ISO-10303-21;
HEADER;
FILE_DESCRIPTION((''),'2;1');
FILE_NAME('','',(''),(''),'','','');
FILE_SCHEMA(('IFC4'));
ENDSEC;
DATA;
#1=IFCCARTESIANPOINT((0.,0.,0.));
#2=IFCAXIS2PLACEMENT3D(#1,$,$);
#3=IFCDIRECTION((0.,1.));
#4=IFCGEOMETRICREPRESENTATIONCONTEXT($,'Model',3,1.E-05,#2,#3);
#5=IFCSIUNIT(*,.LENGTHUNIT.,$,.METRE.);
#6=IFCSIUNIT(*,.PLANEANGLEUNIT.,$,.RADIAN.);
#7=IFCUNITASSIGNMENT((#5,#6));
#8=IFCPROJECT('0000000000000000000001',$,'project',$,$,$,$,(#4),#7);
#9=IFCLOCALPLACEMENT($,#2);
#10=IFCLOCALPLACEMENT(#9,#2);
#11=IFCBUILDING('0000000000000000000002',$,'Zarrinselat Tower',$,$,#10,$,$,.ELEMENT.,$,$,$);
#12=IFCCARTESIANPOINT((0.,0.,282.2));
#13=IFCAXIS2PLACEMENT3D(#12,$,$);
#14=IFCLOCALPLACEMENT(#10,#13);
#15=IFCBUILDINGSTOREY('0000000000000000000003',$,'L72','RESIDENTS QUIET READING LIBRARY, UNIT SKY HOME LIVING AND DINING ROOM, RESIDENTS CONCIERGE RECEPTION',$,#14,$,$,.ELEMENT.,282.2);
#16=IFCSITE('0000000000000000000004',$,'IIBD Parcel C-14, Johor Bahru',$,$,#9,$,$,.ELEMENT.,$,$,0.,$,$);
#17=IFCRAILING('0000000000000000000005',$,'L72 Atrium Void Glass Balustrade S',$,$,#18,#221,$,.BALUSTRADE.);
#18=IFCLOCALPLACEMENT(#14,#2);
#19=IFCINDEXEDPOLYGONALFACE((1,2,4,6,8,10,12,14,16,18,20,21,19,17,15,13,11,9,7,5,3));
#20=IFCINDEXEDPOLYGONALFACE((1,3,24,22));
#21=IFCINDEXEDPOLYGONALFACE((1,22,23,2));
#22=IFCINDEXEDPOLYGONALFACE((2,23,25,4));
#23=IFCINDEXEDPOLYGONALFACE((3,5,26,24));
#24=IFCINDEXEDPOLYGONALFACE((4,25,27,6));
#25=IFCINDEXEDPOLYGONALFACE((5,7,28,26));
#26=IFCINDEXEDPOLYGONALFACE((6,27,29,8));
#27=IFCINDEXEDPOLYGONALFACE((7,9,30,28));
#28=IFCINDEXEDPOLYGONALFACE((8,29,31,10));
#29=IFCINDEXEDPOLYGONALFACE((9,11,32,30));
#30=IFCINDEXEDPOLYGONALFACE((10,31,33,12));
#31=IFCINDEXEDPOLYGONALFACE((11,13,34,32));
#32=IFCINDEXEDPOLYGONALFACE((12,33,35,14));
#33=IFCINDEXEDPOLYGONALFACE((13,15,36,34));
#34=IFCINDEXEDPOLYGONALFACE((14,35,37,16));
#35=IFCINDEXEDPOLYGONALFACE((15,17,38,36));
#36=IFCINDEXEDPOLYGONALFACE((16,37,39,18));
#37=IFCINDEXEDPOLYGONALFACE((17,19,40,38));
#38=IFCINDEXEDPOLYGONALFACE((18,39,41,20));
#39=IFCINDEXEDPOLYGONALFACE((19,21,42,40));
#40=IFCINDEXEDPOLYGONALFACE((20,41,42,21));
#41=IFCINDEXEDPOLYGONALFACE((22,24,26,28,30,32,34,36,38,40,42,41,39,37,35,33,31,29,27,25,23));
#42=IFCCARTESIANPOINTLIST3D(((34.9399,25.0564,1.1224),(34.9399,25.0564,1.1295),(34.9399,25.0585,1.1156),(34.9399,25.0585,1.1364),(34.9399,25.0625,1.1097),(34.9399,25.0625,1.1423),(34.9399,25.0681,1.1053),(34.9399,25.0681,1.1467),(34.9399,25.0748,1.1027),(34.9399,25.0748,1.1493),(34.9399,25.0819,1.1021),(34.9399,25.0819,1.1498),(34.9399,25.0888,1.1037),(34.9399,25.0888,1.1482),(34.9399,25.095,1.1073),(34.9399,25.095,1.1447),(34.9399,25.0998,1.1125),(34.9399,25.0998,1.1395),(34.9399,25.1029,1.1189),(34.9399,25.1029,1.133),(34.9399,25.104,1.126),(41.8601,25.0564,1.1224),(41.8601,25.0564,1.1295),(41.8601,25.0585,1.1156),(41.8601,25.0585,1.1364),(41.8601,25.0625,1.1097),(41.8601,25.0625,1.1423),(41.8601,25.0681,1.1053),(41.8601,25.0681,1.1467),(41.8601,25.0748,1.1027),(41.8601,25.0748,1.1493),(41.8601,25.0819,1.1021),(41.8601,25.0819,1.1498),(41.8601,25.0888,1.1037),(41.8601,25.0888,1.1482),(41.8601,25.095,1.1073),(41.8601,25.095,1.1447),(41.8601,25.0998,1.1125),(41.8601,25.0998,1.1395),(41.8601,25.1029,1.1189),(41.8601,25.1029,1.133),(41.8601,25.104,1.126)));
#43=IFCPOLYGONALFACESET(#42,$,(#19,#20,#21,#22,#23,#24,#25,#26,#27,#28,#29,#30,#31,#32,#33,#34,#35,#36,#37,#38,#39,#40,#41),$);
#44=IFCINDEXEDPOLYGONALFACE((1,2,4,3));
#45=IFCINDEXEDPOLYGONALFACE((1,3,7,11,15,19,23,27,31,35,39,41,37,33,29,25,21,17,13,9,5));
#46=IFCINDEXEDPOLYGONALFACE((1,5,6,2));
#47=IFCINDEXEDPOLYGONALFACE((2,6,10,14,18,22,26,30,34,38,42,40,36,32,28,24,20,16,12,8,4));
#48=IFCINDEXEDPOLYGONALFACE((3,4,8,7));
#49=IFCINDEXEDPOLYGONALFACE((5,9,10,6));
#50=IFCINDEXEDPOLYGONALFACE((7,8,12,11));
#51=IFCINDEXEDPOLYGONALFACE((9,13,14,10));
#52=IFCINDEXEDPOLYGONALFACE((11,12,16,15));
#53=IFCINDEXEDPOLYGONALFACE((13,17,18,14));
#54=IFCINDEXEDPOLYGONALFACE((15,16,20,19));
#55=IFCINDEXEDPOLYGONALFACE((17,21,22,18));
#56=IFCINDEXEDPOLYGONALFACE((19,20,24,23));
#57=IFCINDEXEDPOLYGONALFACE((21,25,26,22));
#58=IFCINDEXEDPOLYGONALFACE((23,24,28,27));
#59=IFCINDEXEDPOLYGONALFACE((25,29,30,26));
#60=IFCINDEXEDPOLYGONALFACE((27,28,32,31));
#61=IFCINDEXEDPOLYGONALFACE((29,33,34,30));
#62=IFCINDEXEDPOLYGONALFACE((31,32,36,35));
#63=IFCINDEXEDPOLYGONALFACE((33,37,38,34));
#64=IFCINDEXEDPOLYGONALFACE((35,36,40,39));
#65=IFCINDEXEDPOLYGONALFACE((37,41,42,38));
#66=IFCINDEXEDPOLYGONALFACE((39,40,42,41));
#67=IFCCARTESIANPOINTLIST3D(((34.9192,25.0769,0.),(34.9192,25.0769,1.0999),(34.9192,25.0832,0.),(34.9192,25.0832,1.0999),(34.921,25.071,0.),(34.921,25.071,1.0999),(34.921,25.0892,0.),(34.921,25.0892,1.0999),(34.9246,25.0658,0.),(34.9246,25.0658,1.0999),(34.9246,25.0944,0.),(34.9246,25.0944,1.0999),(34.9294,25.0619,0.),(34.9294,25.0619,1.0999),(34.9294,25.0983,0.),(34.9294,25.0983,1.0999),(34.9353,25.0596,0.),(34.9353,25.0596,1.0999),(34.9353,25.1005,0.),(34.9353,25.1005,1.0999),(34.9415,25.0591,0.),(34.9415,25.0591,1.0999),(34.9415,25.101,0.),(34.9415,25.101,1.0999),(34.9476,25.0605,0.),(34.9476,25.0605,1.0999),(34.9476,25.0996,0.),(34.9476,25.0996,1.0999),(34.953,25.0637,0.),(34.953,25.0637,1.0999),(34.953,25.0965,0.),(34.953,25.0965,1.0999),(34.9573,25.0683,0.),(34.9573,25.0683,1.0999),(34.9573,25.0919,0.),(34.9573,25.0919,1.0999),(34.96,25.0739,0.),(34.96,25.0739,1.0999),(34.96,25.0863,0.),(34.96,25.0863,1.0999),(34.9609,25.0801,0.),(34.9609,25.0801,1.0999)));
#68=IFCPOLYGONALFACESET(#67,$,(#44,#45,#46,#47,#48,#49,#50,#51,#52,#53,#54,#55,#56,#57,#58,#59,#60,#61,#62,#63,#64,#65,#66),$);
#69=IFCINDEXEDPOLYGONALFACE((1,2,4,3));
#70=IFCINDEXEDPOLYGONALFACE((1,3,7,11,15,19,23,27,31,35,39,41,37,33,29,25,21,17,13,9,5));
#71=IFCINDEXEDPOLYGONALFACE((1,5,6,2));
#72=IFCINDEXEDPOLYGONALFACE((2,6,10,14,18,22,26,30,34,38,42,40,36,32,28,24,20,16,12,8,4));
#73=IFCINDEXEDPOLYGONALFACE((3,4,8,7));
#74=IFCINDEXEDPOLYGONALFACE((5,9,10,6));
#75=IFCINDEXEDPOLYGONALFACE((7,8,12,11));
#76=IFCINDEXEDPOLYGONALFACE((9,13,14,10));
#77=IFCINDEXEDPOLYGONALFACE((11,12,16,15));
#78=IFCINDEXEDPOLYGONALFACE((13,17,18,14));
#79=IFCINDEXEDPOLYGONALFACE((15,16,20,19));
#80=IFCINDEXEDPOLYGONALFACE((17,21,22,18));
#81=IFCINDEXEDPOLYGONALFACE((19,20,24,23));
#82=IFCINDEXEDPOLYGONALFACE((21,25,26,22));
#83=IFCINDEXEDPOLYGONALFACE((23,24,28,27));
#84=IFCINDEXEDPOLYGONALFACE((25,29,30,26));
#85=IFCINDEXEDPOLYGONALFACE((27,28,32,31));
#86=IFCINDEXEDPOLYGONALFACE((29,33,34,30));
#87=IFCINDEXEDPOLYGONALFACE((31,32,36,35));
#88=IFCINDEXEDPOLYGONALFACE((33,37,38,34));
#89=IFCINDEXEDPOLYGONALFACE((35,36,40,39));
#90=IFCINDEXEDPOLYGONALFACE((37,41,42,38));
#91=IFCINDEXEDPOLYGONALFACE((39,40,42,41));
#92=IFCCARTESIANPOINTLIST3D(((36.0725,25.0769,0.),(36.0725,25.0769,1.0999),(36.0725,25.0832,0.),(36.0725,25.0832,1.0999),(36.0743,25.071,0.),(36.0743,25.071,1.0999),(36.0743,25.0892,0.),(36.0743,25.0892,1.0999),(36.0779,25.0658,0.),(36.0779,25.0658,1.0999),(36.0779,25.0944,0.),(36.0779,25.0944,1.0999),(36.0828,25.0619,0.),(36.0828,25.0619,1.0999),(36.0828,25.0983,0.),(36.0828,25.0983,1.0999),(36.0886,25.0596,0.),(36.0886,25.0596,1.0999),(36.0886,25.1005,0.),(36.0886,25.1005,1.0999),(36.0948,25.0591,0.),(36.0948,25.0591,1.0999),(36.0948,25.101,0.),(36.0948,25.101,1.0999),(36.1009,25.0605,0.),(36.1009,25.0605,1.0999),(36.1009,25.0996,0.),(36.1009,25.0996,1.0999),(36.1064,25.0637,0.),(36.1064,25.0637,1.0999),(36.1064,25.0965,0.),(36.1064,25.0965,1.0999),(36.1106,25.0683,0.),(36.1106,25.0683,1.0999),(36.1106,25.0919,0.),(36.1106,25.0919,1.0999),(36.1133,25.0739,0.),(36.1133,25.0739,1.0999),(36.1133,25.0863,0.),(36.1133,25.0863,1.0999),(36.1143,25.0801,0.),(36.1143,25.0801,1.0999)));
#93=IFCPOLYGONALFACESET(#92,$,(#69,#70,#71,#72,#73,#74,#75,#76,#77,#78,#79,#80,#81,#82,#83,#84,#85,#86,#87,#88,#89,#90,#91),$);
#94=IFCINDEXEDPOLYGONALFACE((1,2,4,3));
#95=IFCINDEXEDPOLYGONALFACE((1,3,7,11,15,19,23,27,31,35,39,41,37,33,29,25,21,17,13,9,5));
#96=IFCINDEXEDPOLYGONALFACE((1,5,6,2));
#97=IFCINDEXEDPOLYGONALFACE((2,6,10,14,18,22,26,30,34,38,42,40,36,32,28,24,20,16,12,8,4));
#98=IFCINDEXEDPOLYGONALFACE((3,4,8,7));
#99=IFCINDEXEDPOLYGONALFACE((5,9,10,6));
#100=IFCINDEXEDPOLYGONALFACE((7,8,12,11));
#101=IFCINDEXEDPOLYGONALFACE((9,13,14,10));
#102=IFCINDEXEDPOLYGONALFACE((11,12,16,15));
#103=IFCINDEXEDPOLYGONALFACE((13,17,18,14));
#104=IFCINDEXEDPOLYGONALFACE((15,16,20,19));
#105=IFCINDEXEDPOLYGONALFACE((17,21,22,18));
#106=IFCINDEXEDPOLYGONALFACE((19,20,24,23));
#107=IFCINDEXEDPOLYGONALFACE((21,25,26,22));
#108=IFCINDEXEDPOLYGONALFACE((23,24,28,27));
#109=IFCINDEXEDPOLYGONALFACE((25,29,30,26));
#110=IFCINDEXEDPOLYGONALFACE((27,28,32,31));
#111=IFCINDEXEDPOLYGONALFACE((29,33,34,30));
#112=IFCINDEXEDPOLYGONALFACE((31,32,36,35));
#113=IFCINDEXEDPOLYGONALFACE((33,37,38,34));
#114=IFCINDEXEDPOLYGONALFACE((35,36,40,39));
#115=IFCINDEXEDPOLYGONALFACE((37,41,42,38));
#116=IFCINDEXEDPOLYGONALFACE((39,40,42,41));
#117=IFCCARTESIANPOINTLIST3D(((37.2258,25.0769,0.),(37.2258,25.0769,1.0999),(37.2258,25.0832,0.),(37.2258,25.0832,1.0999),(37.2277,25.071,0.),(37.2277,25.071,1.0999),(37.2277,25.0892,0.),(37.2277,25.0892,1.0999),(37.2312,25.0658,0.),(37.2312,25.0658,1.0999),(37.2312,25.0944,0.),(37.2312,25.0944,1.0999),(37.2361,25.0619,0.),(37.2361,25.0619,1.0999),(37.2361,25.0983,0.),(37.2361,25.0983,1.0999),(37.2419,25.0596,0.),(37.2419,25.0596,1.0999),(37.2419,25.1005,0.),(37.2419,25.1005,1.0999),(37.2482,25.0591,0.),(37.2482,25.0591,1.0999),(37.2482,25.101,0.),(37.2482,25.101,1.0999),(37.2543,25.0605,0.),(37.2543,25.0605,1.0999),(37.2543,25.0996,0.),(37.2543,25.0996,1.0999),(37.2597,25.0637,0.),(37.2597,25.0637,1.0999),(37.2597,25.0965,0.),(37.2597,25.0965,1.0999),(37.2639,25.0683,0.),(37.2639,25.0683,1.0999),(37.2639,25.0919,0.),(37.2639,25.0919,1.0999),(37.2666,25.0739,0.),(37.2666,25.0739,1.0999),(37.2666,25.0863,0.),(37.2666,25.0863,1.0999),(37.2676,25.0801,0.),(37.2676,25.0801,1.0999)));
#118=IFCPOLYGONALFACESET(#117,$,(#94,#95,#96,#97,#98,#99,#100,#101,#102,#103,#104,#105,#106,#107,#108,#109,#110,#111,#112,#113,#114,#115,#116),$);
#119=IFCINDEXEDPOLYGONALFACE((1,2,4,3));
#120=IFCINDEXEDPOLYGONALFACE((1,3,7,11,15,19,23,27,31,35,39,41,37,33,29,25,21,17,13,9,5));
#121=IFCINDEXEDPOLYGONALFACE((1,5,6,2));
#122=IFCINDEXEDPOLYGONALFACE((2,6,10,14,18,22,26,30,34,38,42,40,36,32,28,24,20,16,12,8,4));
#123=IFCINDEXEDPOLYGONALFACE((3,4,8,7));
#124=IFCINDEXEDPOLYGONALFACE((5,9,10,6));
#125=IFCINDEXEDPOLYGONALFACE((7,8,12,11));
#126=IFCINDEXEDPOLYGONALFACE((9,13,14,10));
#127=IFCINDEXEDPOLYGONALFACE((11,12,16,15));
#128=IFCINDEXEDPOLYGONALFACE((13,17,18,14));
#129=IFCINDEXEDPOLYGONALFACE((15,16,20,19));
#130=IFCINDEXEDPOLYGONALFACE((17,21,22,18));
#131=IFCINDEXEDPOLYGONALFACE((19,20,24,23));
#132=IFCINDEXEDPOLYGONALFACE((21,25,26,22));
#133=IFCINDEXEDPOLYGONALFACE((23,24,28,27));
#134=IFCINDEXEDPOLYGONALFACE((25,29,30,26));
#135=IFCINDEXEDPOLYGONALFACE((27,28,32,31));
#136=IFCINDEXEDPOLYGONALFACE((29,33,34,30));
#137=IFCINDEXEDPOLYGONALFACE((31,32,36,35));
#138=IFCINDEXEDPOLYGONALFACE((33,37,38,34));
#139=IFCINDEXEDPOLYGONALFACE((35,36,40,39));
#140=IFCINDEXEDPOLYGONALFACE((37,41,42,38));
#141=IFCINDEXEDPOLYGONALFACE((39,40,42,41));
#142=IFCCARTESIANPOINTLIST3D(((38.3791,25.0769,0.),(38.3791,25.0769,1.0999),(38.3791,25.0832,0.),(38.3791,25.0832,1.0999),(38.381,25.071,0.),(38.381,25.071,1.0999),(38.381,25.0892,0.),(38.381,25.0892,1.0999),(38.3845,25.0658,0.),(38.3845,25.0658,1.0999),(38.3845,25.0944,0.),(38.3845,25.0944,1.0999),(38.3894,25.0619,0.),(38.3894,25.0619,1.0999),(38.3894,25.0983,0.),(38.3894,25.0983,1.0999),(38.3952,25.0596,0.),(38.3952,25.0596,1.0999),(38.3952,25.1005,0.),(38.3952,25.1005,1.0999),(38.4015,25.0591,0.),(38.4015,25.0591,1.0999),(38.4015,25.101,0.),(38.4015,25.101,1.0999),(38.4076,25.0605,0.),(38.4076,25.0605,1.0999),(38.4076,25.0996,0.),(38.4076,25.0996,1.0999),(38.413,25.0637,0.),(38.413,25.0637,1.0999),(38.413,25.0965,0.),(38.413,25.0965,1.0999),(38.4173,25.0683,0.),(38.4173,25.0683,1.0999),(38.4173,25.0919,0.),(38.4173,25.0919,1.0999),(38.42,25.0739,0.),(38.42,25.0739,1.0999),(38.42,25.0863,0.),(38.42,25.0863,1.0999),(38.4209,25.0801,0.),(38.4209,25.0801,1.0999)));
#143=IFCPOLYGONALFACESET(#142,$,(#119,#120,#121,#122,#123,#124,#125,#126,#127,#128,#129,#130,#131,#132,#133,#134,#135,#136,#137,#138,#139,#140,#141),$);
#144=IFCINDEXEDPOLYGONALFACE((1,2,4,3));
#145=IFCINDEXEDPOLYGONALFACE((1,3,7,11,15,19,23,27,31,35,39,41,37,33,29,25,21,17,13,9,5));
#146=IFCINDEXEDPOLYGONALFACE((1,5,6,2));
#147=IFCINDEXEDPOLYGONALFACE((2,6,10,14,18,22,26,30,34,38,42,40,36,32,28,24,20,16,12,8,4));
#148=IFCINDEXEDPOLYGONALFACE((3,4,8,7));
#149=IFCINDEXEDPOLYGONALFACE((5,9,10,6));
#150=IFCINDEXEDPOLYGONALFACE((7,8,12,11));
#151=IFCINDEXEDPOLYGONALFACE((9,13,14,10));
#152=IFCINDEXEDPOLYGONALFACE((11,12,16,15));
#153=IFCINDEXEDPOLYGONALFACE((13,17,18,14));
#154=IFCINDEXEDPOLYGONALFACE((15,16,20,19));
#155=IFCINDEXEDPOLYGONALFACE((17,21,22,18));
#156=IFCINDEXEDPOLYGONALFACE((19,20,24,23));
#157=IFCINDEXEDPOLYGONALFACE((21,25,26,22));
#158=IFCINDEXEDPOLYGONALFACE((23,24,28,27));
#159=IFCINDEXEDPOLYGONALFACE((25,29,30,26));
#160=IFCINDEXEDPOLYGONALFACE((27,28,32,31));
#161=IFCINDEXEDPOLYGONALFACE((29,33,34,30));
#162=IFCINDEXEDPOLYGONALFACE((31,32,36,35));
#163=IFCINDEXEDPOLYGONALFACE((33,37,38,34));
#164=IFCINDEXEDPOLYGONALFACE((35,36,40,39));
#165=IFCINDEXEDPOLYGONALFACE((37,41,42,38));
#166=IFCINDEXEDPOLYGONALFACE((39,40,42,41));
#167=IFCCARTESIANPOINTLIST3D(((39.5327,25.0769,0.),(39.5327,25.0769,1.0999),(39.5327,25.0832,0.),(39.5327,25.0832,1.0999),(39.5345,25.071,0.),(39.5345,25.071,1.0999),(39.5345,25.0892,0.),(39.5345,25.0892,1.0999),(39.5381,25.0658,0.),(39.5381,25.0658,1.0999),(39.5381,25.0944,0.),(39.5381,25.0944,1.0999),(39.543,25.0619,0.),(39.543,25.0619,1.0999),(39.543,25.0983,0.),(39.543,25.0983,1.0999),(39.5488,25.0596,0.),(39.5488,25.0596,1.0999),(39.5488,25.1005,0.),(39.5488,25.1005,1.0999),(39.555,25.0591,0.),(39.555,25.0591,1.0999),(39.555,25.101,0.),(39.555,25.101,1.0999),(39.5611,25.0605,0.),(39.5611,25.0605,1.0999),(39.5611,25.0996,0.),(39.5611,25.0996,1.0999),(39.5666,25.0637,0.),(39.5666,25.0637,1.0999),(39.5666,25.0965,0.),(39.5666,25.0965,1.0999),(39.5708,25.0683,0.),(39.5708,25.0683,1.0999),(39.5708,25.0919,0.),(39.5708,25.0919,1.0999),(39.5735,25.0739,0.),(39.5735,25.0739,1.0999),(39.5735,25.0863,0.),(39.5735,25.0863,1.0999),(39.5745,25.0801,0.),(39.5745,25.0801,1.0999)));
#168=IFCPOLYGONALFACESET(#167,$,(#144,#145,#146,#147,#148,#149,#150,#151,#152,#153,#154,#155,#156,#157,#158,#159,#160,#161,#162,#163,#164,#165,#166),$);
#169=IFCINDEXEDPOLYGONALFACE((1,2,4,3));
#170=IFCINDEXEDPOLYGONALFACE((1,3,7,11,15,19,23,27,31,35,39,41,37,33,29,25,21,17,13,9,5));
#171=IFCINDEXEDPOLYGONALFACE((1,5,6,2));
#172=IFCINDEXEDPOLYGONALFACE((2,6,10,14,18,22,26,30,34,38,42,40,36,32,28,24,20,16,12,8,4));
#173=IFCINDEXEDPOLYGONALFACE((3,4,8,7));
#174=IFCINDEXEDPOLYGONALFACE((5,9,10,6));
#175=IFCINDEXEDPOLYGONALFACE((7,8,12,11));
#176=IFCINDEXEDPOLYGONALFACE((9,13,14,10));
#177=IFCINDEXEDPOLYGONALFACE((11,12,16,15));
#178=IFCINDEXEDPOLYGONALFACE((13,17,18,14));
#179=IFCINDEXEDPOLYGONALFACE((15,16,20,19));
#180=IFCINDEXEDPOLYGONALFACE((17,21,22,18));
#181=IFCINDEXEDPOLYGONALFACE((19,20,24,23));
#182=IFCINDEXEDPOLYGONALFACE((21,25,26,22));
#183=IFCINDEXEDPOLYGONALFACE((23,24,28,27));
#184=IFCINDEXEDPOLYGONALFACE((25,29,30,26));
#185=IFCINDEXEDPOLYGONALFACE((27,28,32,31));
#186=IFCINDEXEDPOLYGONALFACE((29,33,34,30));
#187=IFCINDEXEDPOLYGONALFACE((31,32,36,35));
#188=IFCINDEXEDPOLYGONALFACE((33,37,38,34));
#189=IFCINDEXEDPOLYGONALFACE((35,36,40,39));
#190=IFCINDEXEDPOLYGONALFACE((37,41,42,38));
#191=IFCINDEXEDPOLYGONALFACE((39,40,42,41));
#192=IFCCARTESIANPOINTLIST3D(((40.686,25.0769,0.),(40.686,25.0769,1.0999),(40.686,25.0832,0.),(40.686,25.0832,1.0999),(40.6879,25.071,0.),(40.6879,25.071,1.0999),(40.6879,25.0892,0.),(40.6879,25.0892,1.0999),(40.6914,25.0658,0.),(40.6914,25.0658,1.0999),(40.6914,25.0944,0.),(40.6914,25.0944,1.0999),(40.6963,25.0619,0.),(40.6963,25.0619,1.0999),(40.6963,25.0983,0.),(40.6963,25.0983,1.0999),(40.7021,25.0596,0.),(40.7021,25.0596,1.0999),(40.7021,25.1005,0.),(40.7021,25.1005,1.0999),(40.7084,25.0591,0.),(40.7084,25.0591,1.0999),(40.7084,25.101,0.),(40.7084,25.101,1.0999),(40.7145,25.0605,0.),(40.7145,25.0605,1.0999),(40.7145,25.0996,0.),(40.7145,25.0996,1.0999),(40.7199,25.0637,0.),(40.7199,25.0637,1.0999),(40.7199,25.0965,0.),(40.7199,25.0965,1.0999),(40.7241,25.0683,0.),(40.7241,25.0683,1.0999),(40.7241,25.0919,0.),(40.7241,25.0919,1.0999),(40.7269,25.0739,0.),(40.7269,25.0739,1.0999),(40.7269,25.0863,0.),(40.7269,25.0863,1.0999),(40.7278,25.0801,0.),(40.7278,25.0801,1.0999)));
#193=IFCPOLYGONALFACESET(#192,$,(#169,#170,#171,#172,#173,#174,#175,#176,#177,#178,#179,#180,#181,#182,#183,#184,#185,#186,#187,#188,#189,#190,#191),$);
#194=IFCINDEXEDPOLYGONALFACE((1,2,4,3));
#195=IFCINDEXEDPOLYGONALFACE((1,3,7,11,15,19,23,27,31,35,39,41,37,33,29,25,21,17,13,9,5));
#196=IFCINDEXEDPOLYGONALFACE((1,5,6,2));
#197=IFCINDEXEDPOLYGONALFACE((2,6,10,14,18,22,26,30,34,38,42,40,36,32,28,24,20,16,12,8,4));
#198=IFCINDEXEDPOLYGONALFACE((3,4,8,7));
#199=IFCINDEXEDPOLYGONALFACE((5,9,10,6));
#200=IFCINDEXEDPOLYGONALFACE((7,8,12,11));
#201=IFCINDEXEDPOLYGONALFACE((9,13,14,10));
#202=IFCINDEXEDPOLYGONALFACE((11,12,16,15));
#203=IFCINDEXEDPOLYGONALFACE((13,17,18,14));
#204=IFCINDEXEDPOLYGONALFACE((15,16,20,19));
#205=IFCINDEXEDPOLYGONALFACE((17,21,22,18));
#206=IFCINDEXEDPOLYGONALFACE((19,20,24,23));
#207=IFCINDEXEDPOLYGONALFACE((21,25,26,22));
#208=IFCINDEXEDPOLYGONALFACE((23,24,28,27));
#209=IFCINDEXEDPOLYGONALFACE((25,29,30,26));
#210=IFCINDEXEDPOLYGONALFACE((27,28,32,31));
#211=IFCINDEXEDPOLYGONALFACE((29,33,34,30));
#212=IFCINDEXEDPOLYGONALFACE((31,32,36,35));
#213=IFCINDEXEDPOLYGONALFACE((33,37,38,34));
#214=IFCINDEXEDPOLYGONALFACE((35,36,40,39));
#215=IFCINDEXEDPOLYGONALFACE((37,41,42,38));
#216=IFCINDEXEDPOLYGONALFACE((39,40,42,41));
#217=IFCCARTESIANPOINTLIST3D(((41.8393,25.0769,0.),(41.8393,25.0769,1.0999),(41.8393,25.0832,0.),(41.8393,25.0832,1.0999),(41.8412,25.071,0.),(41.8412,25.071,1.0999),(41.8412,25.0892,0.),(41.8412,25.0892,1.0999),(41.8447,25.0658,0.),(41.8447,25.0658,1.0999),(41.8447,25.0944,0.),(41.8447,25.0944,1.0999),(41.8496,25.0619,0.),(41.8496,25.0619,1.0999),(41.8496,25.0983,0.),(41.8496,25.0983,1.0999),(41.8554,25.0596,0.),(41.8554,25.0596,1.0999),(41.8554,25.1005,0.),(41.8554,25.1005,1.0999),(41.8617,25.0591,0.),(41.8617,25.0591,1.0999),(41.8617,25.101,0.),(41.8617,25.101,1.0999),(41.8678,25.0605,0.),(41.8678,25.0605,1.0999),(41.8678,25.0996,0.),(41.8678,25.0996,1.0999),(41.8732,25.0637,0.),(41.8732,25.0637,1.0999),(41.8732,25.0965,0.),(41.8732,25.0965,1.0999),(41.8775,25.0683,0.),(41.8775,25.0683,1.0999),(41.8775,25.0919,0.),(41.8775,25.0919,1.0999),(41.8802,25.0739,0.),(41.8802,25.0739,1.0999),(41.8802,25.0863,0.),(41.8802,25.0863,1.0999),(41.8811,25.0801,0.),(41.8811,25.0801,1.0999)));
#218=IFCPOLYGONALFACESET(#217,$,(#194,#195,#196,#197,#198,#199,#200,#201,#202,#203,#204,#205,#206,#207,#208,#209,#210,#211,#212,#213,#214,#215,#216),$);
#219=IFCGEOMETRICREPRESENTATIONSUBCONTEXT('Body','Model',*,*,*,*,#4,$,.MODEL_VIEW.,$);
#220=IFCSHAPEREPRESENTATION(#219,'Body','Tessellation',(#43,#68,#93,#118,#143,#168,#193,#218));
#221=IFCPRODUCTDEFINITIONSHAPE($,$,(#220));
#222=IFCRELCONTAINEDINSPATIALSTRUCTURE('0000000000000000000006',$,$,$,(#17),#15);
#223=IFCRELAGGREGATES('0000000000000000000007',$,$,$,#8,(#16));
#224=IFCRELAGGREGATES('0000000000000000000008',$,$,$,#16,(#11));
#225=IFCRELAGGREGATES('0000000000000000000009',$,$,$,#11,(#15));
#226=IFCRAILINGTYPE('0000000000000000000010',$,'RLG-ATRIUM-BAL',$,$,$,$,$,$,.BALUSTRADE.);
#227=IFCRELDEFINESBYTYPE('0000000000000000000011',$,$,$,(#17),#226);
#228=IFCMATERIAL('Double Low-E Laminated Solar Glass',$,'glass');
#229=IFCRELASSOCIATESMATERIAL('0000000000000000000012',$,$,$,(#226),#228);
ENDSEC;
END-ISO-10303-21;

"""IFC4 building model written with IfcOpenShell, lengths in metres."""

from ifc_helpers import new_model, si_unit, direction, frame, origin, origin_2d, place, context, subcontext, project, spatial, circle, extrude, material, type_object, element, save


model = new_model("IFC4")

# Units and contexts
model_context = context("Model", 3, precision=1e-05, world=origin(), true_north=direction((0.0, 1.0)))
body_context = subcontext(model_context, "Body", "Model", "MODEL_VIEW")
ifc_project = project(units=[si_unit("LENGTHUNIT", "METRE"), si_unit("PLANEANGLEUNIT", "RADIAN")], contexts=[model_context])

# Site, building, storey
site_placement = place(None, origin())
site = spatial("IfcSite", under=ifc_project, at=site_placement, Name="IIBD Parcel C-14, Johor Bahru", CompositionType="ELEMENT", RefElevation=0.0)
building_placement = place(site_placement, origin())
building = spatial("IfcBuilding", under=site, at=building_placement, Name="Zarrinselat Tower", CompositionType="ELEMENT")
storey_placement = place(building_placement, frame((0.0, 0.0, 282.2)))
storey = spatial("IfcBuildingStorey", under=building, at=storey_placement, Name="L72", Description="RESIDENTS QUIET READING LIBRARY, UNIT SKY HOME LIVING AND DINING ROOM, RESIDENTS CONCIERGE RECEPTION", CompositionType="ELEMENT", Elevation=282.2)

# Railing
ifc_material_1 = material(Name="Double Low-E Laminated Solar Glass", Category="glass")
railing_type_1 = type_object("IfcRailingType", Name="RLG-ATRIUM-BAL", PredefinedType="BALUSTRADE", material=ifc_material_1)
railing_1_placement = place(storey_placement, frame((34.9399, 25.0801, 0.0)))
element("IfcRailing", 1, at=railing_1_placement, inside=storey, type_object=railing_type_1, Name="L72 Atrium Void Glass Balustrade S", PredefinedType="BALUSTRADE", context=body_context, shape_type="SweptSolid", body=[
    extrude(circle(Radius=0.0239, at=origin_2d()), frame((0.0, 0.0, 1.126), z_axis=(1.0, 0.0, 0.0), x_axis=(0.0, 1.0, 0.0)), (0.0, 0.0, 1.0), 6.9202),
    extrude(circle(Radius=0.021, at=origin_2d()), origin(), (0.0, 0.0, 1.0), 1.0999),
    extrude(circle(Radius=0.021, at=origin_2d()), frame((1.1533, 0.0, 0.0)), (0.0, 0.0, 1.0), 1.0999),
    extrude(circle(Radius=0.021, at=origin_2d()), frame((2.3066, 0.0, 0.0)), (0.0, 0.0, 1.0), 1.0999),
    extrude(circle(Radius=0.021, at=origin_2d()), frame((3.46, 0.0, 0.0)), (0.0, 0.0, 1.0), 1.0999),
    extrude(circle(Radius=0.021, at=origin_2d()), frame((4.6135, 0.0, 0.0)), (0.0, 0.0, 1.0), 1.0999),
    extrude(circle(Radius=0.021, at=origin_2d()), frame((5.7668, 0.0, 0.0)), (0.0, 0.0, 1.0), 1.0999),
    extrude(circle(Radius=0.021, at=origin_2d()), frame((6.9202, 0.0, 0.0)), (0.0, 0.0, 1.0), 1.0999),
])

save(model, "model.ifc")
